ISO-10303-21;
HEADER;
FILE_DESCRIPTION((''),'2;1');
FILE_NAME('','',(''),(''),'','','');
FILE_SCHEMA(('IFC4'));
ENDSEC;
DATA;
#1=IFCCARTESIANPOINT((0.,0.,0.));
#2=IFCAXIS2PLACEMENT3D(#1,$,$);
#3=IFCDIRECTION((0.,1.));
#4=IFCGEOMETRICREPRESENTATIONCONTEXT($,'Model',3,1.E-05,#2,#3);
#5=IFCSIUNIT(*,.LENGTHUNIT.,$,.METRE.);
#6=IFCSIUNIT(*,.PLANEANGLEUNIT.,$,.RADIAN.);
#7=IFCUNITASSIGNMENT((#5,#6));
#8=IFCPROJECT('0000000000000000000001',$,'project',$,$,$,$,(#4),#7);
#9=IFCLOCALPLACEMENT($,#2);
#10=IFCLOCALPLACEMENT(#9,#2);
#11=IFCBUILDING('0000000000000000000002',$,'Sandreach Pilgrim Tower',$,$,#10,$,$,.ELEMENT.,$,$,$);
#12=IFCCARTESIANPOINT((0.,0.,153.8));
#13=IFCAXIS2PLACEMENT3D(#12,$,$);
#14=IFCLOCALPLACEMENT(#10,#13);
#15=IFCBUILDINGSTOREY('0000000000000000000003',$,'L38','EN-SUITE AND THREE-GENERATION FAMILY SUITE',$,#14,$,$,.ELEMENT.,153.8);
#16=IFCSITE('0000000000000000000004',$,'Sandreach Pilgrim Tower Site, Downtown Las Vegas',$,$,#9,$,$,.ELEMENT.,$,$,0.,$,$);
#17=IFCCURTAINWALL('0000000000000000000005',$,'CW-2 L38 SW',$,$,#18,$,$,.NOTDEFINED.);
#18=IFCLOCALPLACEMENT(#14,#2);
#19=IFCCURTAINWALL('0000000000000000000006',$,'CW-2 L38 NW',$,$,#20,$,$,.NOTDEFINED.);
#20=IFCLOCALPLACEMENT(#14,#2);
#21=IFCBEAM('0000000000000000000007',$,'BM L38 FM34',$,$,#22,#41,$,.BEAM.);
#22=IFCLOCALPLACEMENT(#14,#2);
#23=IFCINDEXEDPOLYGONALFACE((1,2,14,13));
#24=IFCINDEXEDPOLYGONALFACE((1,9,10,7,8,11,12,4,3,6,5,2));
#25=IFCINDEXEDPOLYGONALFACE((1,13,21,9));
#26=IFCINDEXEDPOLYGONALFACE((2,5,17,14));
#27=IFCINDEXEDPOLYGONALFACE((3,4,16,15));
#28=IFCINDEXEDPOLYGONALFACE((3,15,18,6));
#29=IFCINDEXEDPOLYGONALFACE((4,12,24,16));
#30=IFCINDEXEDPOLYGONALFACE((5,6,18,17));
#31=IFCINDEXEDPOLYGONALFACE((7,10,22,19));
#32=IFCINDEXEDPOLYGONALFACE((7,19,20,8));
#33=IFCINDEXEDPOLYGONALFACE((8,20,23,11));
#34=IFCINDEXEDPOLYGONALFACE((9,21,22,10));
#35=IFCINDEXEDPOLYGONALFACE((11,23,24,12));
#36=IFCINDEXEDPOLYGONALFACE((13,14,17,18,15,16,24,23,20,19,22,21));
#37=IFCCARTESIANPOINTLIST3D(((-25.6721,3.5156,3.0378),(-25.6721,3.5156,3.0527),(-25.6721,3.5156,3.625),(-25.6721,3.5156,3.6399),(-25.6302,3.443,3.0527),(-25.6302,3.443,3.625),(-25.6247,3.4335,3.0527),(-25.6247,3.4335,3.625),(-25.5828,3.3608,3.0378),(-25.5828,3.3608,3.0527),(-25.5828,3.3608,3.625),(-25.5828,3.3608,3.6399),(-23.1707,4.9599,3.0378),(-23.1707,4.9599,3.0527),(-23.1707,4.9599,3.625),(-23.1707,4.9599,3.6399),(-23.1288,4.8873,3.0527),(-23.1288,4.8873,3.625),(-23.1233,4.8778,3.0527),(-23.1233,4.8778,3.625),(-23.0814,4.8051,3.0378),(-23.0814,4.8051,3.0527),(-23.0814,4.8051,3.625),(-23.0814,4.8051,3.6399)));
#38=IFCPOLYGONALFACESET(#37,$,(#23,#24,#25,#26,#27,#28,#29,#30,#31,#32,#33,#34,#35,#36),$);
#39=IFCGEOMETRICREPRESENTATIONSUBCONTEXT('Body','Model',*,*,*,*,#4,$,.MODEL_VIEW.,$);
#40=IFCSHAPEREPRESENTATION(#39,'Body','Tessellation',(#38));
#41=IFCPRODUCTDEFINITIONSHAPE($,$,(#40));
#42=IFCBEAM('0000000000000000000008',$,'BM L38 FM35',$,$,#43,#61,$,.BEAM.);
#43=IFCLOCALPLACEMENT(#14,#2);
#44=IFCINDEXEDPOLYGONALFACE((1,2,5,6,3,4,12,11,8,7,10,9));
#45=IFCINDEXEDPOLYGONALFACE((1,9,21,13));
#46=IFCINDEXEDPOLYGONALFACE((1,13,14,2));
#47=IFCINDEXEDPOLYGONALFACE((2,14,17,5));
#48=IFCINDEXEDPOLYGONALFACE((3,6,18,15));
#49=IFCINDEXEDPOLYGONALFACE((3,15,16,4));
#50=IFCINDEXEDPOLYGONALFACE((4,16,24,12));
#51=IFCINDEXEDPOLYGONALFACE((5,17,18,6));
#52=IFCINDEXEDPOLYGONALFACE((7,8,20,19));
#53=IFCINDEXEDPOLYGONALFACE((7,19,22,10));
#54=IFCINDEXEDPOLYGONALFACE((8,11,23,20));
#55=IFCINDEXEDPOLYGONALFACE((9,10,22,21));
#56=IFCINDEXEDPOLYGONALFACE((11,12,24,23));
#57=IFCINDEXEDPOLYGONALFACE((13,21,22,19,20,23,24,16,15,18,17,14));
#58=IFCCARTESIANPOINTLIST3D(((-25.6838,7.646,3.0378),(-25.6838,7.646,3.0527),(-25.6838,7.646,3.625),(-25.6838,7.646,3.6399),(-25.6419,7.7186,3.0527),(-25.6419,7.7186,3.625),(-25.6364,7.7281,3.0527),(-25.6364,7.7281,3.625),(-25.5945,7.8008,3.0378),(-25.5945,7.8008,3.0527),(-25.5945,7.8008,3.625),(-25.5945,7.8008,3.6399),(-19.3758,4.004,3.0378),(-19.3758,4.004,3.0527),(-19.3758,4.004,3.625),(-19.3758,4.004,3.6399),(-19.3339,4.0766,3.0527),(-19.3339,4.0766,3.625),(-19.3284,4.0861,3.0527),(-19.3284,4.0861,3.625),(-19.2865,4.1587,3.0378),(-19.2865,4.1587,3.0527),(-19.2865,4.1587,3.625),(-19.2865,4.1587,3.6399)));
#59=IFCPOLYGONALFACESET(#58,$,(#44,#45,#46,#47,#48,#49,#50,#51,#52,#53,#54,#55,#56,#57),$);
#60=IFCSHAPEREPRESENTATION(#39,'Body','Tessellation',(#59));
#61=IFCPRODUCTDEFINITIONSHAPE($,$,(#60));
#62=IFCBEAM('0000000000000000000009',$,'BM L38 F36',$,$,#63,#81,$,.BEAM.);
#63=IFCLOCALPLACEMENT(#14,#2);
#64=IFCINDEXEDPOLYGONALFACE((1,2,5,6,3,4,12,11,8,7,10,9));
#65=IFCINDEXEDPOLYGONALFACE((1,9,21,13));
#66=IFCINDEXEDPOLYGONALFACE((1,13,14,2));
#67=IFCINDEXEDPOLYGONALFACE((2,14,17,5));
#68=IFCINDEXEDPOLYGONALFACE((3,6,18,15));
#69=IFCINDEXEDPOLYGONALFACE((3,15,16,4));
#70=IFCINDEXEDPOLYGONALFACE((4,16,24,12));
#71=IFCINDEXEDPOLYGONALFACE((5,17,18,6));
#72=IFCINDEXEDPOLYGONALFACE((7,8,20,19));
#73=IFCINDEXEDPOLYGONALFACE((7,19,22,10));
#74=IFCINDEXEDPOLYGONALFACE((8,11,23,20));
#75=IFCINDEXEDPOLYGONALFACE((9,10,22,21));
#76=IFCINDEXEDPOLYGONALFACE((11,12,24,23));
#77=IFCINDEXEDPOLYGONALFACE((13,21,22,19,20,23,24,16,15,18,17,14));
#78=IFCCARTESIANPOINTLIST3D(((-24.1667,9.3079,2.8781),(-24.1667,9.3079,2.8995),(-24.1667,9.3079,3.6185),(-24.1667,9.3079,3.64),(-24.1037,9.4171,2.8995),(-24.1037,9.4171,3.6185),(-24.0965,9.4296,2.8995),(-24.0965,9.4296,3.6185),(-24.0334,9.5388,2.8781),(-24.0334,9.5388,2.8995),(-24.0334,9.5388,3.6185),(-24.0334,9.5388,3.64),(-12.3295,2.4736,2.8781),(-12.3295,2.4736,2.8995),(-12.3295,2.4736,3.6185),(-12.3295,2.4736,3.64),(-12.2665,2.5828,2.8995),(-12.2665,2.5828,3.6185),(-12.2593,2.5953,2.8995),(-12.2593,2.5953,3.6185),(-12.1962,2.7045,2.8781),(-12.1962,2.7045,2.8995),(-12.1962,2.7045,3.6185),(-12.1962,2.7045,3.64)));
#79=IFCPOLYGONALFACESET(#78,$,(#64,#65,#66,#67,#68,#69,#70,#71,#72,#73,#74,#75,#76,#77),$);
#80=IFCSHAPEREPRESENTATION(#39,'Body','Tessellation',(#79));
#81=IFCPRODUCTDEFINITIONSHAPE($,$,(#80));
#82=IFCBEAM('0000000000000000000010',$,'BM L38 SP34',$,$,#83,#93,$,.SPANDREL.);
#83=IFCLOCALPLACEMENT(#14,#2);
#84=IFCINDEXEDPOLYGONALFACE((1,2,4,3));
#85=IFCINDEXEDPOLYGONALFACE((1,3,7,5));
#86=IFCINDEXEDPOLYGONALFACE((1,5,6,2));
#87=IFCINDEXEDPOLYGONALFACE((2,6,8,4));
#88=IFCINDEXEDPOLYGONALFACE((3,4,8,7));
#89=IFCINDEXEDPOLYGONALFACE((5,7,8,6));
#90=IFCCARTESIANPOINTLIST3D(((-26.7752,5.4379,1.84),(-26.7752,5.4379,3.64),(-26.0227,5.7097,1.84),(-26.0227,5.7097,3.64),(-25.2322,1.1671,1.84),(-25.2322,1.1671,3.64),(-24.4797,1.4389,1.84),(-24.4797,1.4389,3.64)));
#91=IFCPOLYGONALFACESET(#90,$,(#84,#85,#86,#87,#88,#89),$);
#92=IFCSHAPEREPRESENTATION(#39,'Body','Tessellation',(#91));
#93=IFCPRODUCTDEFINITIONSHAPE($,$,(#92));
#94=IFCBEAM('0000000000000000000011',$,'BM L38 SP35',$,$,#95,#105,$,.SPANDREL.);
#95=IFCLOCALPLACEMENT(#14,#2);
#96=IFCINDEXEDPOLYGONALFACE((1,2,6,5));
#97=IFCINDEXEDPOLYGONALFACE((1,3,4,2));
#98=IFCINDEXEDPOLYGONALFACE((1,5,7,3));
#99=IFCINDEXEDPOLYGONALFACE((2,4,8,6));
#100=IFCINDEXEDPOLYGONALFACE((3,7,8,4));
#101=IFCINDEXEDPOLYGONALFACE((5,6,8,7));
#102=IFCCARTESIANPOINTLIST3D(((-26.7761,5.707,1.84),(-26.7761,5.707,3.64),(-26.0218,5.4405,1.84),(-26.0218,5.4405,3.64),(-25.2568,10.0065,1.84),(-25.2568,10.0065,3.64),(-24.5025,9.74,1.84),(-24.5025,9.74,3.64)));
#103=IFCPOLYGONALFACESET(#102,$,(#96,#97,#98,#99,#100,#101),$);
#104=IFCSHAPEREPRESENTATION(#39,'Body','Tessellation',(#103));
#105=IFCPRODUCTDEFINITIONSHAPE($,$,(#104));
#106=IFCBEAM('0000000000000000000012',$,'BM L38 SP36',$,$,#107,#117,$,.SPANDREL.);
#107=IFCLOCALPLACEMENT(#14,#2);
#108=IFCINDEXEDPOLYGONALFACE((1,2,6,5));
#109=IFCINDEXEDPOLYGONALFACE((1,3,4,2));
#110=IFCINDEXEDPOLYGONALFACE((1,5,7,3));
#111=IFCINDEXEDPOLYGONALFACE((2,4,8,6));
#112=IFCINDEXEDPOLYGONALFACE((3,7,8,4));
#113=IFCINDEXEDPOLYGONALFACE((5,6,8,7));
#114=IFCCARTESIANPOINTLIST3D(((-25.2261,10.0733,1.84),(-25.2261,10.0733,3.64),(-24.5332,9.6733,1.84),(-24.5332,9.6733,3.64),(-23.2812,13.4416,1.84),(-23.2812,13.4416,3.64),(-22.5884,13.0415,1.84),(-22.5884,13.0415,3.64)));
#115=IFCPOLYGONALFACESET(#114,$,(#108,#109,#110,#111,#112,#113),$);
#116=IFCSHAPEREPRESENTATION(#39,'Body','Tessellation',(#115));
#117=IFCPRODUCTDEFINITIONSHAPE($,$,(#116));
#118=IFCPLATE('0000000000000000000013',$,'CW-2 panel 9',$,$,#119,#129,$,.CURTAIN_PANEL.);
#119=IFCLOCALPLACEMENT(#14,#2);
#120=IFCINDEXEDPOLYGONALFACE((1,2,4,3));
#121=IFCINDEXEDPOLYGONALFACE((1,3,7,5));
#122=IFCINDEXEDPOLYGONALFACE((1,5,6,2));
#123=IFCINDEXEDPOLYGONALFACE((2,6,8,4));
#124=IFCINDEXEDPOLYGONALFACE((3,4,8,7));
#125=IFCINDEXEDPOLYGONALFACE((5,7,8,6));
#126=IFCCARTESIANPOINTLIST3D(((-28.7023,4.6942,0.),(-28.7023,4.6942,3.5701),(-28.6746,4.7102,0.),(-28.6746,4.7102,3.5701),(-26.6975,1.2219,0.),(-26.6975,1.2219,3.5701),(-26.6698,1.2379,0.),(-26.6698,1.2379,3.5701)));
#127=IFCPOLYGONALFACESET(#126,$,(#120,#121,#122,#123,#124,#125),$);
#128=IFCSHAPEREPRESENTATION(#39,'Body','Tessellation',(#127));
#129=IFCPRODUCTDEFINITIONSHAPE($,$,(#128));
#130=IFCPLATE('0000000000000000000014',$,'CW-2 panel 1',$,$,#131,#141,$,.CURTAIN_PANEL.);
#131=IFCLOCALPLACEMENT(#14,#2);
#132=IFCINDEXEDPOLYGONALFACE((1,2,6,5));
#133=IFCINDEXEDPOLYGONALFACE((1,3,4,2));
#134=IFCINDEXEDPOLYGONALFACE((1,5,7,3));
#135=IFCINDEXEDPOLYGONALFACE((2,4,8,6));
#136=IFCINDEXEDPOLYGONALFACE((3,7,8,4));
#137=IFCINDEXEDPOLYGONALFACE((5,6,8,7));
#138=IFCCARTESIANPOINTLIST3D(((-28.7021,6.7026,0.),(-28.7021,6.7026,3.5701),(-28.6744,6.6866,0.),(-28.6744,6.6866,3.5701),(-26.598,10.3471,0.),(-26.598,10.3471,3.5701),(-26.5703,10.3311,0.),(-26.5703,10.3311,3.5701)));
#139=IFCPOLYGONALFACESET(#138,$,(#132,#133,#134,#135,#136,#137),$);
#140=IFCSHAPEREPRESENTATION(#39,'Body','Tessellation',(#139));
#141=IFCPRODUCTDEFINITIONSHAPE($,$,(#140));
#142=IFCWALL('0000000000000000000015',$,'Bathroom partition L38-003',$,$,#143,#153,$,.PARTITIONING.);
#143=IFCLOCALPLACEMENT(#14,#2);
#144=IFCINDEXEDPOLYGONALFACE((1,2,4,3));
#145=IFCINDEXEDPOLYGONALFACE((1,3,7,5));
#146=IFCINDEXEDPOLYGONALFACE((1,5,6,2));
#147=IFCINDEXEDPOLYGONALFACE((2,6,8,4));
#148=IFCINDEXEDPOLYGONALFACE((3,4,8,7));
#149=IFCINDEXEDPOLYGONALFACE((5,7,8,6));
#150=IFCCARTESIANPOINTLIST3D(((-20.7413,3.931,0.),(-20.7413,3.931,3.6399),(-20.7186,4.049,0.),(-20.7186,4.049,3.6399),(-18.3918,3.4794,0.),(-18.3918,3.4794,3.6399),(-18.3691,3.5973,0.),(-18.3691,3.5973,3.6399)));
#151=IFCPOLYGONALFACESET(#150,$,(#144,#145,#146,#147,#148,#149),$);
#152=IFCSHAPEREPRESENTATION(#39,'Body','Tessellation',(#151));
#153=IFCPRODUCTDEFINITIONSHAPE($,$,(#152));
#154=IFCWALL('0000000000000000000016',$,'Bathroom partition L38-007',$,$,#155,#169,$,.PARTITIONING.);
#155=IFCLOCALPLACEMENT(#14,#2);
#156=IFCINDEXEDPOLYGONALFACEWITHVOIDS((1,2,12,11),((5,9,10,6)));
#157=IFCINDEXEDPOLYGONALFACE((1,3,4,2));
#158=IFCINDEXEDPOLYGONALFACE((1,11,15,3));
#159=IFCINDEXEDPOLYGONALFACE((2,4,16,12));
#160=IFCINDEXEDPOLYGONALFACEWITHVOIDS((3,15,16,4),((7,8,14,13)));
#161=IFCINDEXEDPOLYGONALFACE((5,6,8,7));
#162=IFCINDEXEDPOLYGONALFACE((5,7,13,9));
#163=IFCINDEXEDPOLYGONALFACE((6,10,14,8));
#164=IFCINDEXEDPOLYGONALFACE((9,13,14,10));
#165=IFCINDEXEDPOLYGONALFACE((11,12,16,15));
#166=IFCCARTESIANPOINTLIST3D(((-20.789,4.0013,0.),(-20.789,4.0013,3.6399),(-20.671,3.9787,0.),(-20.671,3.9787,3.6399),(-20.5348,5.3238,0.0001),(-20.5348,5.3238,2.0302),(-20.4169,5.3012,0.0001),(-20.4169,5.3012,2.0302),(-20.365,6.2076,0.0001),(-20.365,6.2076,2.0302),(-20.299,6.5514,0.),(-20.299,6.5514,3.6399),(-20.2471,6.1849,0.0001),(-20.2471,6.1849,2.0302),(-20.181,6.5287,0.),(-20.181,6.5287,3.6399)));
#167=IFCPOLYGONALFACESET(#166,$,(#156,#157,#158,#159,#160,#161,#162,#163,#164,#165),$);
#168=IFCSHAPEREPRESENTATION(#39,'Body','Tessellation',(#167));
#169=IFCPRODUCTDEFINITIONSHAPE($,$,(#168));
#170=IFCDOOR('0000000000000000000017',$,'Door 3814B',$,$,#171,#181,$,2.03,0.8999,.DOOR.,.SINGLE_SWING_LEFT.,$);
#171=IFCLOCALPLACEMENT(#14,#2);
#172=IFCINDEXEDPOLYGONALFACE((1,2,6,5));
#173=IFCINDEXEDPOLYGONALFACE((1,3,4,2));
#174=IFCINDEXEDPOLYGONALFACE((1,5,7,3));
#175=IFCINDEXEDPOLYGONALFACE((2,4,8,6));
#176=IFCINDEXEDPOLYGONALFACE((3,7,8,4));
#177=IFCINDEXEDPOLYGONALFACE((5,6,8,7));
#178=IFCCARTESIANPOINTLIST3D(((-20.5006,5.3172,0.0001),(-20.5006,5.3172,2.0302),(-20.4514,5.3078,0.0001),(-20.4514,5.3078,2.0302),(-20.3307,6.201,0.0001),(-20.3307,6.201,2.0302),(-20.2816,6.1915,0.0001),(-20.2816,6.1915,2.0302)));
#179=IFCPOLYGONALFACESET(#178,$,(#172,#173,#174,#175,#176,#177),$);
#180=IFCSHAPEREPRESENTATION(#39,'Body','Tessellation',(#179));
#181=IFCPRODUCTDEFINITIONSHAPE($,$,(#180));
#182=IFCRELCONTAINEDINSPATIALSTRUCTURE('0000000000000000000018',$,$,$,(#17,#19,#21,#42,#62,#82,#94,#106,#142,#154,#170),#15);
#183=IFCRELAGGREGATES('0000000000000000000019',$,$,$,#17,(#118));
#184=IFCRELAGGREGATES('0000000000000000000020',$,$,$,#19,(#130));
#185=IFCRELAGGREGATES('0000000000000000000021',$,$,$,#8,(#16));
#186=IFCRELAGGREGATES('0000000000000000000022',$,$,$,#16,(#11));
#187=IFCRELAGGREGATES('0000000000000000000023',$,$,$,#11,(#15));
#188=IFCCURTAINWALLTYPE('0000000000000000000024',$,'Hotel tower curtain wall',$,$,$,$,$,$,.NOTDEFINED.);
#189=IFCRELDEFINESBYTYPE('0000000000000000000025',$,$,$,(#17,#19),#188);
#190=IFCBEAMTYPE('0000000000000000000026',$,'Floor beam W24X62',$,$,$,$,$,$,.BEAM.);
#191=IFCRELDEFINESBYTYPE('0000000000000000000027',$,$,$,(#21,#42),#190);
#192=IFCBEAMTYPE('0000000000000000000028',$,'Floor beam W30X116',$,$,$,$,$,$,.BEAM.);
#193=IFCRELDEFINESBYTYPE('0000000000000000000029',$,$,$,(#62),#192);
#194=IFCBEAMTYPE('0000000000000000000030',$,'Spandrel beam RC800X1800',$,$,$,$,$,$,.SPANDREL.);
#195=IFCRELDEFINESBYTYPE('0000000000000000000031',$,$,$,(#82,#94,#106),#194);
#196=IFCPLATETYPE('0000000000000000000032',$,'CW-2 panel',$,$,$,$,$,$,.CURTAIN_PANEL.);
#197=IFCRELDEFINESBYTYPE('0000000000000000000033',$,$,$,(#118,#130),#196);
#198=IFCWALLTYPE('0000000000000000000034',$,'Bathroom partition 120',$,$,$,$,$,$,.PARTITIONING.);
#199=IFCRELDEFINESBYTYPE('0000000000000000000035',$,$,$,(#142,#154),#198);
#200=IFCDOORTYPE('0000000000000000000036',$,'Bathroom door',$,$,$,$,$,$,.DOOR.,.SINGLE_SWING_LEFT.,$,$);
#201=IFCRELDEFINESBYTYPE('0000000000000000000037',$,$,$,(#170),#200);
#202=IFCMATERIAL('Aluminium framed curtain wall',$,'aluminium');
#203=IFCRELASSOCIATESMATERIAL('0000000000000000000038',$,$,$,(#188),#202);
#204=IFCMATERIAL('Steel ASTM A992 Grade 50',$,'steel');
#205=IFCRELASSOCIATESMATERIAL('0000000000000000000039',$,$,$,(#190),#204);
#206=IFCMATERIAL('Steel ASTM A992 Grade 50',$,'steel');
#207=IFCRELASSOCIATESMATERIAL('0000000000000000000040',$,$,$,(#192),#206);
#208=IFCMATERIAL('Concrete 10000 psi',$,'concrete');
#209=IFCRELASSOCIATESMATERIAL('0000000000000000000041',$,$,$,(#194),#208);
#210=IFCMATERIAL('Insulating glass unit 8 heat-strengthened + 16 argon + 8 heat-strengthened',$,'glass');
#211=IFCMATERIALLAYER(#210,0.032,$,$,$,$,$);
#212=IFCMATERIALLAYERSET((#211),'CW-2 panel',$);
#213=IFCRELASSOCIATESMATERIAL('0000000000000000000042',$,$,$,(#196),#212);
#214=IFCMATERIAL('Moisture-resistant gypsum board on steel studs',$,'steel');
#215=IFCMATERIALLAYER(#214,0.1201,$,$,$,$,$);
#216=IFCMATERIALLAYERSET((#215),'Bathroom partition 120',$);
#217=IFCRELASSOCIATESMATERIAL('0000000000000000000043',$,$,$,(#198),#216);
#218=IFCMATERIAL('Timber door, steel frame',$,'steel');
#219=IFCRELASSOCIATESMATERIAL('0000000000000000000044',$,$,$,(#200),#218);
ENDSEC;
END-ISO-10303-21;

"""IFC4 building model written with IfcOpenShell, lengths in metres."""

from ifc_helpers import new_model, si_unit, direction, frame, frame_2d, origin, origin_2d, place, context, subcontext, project, spatial, rectangle, i_section, extrude, material, layer, layer_set, material_profile, profile_set, type_object, element, fill, aggregate, save


model = new_model("IFC4")

# Units and contexts
model_context = context("Model", 3, precision=1e-05, world=origin(), true_north=direction((0.0, 1.0)))
body_context = subcontext(model_context, "Body", "Model", "MODEL_VIEW")
ifc_project = project(units=[si_unit("LENGTHUNIT", "METRE"), si_unit("PLANEANGLEUNIT", "RADIAN")], contexts=[model_context])

# Site, building, storey
site_placement = place(None, origin())
site = spatial("IfcSite", under=ifc_project, at=site_placement, Name="Sandreach Pilgrim Tower Site, Downtown Las Vegas", CompositionType="ELEMENT", RefElevation=0.0)
building_placement = place(site_placement, origin())
building = spatial("IfcBuilding", under=site, at=building_placement, Name="Sandreach Pilgrim Tower", CompositionType="ELEMENT")
storey_placement = place(building_placement, frame((0.0, 0.0, 153.8)))
storey = spatial("IfcBuildingStorey", under=building, at=storey_placement, Name="L38", Description="EN-SUITE AND THREE-GENERATION FAMILY SUITE", CompositionType="ELEMENT", Elevation=153.8)

# Curtain walls
ifc_material_1 = material(Name="Aluminium framed curtain wall", Category="aluminium")
curtain_wall_type = type_object("IfcCurtainWallType", Name="Hotel tower curtain wall", PredefinedType="NOTDEFINED", material=ifc_material_1)
curtain_wall_1_placement = place(storey_placement, origin())
curtain_wall_1 = element("IfcCurtainWall", 1, at=curtain_wall_1_placement, inside=storey, type_object=curtain_wall_type, Name="CW-2 L38 SW", PredefinedType="NOTDEFINED")
curtain_wall_2_placement = place(storey_placement, origin())
curtain_wall_2 = element("IfcCurtainWall", 2, at=curtain_wall_2_placement, inside=storey, type_object=curtain_wall_type, Name="CW-2 L38 NW", PredefinedType="NOTDEFINED")

# Beams
ifc_material_2 = material(Name="Steel ASTM A992 Grade 50", Category="steel")
ifc_material_profile_1 = material_profile(ifc_material_2, i_section(OverallWidth=0.1787, OverallDepth=0.6021, WebThickness=0.011, FlangeThickness=0.0149, at=origin_2d()), Name="W24X62")
ifc_profile_set_1 = profile_set([ifc_material_profile_1], Name="Steel ASTM A992 Grade 50")
beam_type_1 = type_object("IfcBeamType", Name="Floor beam W24X62", PredefinedType="BEAM", material=ifc_profile_set_1)
beam_1_placement = place(storey_placement, frame((-25.6274, 3.4382, 3.3389), z_axis=(0.866008, 0.50003, 0.0), x_axis=(-0.50003, 0.866008, 0.0)))
element("IfcBeam", 3, at=beam_1_placement, inside=storey, type_object=beam_type_1, Name="BM L38 FM34", PredefinedType="BEAM", context=body_context, shape_type="SweptSolid", body=[
    extrude(i_section(OverallWidth=0.1787, OverallDepth=0.6021, WebThickness=0.011, FlangeThickness=0.0149, at=origin_2d()), origin(), (0.0, 0.0, 1.0), 2.8884),
])
beam_2_placement = place(storey_placement, frame((-25.6392, 7.7234, 3.3389), z_axis=(0.866019, -0.500011, 0.0), x_axis=(0.500011, 0.866019, 0.0)))
element("IfcBeam", 4, at=beam_2_placement, inside=storey, type_object=beam_type_1, Name="BM L38 FM35", PredefinedType="BEAM", context=body_context, shape_type="SweptSolid", body=[
    extrude(i_section(OverallWidth=0.1787, OverallDepth=0.6021, WebThickness=0.011, FlangeThickness=0.0149, at=origin_2d()), origin(), (0.0, 0.0, 1.0), 7.2839),
])
ifc_material_3 = material(Name="Steel ASTM A992 Grade 50", Category="steel")
ifc_material_profile_2 = material_profile(ifc_material_3, i_section(OverallWidth=0.2666, OverallDepth=0.762, WebThickness=0.0144, FlangeThickness=0.0215, at=origin_2d()), Name="W30X116")
ifc_profile_set_2 = profile_set([ifc_material_profile_2], Name="Steel ASTM A992 Grade 50")
beam_type_2 = type_object("IfcBeamType", Name="Floor beam W30X116", PredefinedType="BEAM", material=ifc_profile_set_2)
beam_3_placement = place(storey_placement, frame((-24.1001, 9.4233, 3.259), z_axis=(0.866024, -0.500002, 0.0), x_axis=(0.500002, 0.866024, 0.0)))
element("IfcBeam", 5, at=beam_3_placement, inside=storey, type_object=beam_type_2, Name="BM L38 F36", PredefinedType="BEAM", context=body_context, shape_type="SweptSolid", body=[
    extrude(i_section(OverallWidth=0.2666, OverallDepth=0.762, WebThickness=0.0144, FlangeThickness=0.0215, at=origin_2d()), origin(), (0.0, 0.0, 1.0), 13.6685),
])
ifc_material_4 = material(Name="Concrete 10000 psi", Category="concrete")
ifc_material_profile_3 = material_profile(ifc_material_4, rectangle(XDim=0.8, YDim=1.8, at=origin_2d()), Name="RC800X1800")
ifc_profile_set_3 = profile_set([ifc_material_profile_3], Name="Concrete 10000 psi")
beam_type_3 = type_object("IfcBeamType", Name="Spandrel beam RC800X1800", PredefinedType="SPANDREL", material=ifc_profile_set_3)
beam_4_placement = place(storey_placement, frame((-24.856, 1.303, 2.74), z_axis=(-0.339791, 0.940501, 0.0), x_axis=(-0.940501, -0.339791, 0.0)))
element("IfcBeam", 6, at=beam_4_placement, inside=storey, type_object=beam_type_3, Name="BM L38 SP34", PredefinedType="SPANDREL", context=body_context, shape_type="SweptSolid", body=[
    extrude(rectangle(XDim=0.8, YDim=1.8, at=origin_2d()), origin(), (0.0, 0.0, 1.0), 4.541),
])
beam_5_placement = place(storey_placement, frame((-26.3989, 5.5737, 2.74), z_axis=(0.33317, 0.942867, 0.0), x_axis=(-0.942867, 0.33317, 0.0)))
element("IfcBeam", 7, at=beam_5_placement, inside=storey, type_object=beam_type_3, Name="BM L38 SP35", PredefinedType="SPANDREL", context=body_context, shape_type="SweptSolid", body=[
    extrude(rectangle(XDim=0.8, YDim=1.8, at=origin_2d()), origin(), (0.0, 0.0, 1.0), 4.5601),
])
beam_6_placement = place(storey_placement, frame((-24.8796, 9.8733, 2.74), z_axis=(0.500041, 0.866002, 0.0), x_axis=(-0.866002, 0.500041, 0.0)))
element("IfcBeam", 8, at=beam_6_placement, inside=storey, type_object=beam_type_3, Name="BM L38 SP36", PredefinedType="SPANDREL", context=body_context, shape_type="SweptSolid", body=[
    extrude(rectangle(XDim=0.8, YDim=1.8, at=origin_2d()), origin(), (0.0, 0.0, 1.0), 3.8894),
])

# Plates
ifc_material_5 = material(Name="Insulating glass unit 8 heat-strengthened + 16 argon + 8 heat-strengthened", Category="glass")
ifc_layer_1 = layer(ifc_material_5, 0.032)
ifc_layer_set_1 = layer_set([ifc_layer_1], Name="CW-2 panel")
plate_type = type_object("IfcPlateType", Name="CW-2 panel", PredefinedType="CURTAIN_PANEL", material=ifc_layer_set_1)
plate_1_placement = place(storey_placement, frame((-27.686, 2.9661, 0.0), z_axis=(0.0, 0.0, 1.0), x_axis=(-0.5, 0.866025, 0.0)))
plate_1 = element("IfcPlate", 9, at=plate_1_placement, type_object=plate_type, Name="CW-2 panel 9", PredefinedType="CURTAIN_PANEL", context=body_context, shape_type="SweptSolid", body=[
    extrude(rectangle(XDim=4.0095, YDim=0.032, at=origin_2d()), origin(), (0.0, 0.0, 1.0), 3.5701),
])
aggregate(curtain_wall_1, [plate_1])
plate_2_placement = place(storey_placement, frame((-27.6362, 8.5168, 0.0), z_axis=(0.0, 0.0, 1.0), x_axis=(0.5, 0.866025, 0.0)))
plate_2 = element("IfcPlate", 10, at=plate_2_placement, type_object=plate_type, Name="CW-2 panel 1", PredefinedType="CURTAIN_PANEL", context=body_context, shape_type="SweptSolid", body=[
    extrude(rectangle(XDim=4.2083, YDim=0.032, at=origin_2d()), origin(), (0.0, 0.0, 1.0), 3.5701),
])
aggregate(curtain_wall_2, [plate_2])

# Wall
ifc_material_6 = material(Name="Moisture-resistant gypsum board on steel studs", Category="steel")
ifc_layer_2 = layer(ifc_material_6, 0.1201)
ifc_layer_set_2 = layer_set([ifc_layer_2], Name="Bathroom partition 120")
wall_type_1 = type_object("IfcWallType", Name="Bathroom partition 120", PredefinedType="PARTITIONING", material=ifc_layer_set_2)
wall_1_placement = place(storey_placement, frame((-20.73, 3.99, 0.0), z_axis=(0.0, 0.0, 1.0), x_axis=(0.982021, -0.188772, 0.0)))
element("IfcWall", 11, at=wall_1_placement, inside=storey, type_object=wall_type_1, Name="Bathroom partition L38-003", PredefinedType="PARTITIONING", context=body_context, shape_type="SweptSolid", body=[
    extrude(rectangle(XDim=2.3926, YDim=0.1201, at=frame_2d((1.1963, 0.0))), origin(), (0.0, 0.0, 1.0), 3.6399),
])

# Wall, opening, door
wall_2_placement = place(storey_placement, frame((-20.24, 6.54, 0.0), z_axis=(0.0, 0.0, 1.0), x_axis=(-0.188697, -0.982035, 0.0)))
wall_2 = element("IfcWall", 12, at=wall_2_placement, inside=storey, type_object=wall_type_1, Name="Bathroom partition L38-007", PredefinedType="PARTITIONING", context=body_context, shape_type="SweptSolid", body=[
    extrude(rectangle(XDim=2.5967, YDim=0.1201, at=frame_2d((1.2983, 0.0))), origin(), (0.0, 0.0, 1.0), 3.6399),
])
opening_1_placement = place(wall_2_placement, frame((0.3501, 0.0, 0.0)))
opening_1 = element("IfcOpeningElement", 13, at=opening_1_placement, cuts=wall_2, PredefinedType="OPENING", context=body_context, shape_type="SweptSolid", body=[
    extrude(rectangle(XDim=0.8999, YDim=2.03, at=frame_2d((0.45, 1.0151))), frame((0.0, 0.0601, 0.0), z_axis=(0.0, -1.0, 0.0), x_axis=(1.0, 0.0, 0.0)), (0.0, 0.0, 1.0), 0.1201),
])
ifc_material_7 = material(Name="Timber door, steel frame", Category="steel")
door_type_1 = type_object("IfcDoorType", Name="Bathroom door", OperationType="SINGLE_SWING_LEFT", PredefinedType="DOOR", material=ifc_material_7)
door_1_placement = place(opening_1_placement, origin())
door_1 = element("IfcDoor", 14, at=door_1_placement, inside=storey, type_object=door_type_1, Name="Door 3814B", OperationType="SINGLE_SWING_LEFT", OverallHeight=2.03, OverallWidth=0.8999, PredefinedType="DOOR", context=body_context, shape_type="SweptSolid", body=[
    extrude(rectangle(XDim=0.8999, YDim=2.03, at=frame_2d((0.45, 1.0151))), frame((0.0, 0.0249, 0.0), z_axis=(0.0, -1.0, 0.0), x_axis=(1.0, 0.0, 0.0)), (0.0, 0.0, 1.0), 0.05),
])
fill(opening_1, door_1)

save(model, "model.ifc")
